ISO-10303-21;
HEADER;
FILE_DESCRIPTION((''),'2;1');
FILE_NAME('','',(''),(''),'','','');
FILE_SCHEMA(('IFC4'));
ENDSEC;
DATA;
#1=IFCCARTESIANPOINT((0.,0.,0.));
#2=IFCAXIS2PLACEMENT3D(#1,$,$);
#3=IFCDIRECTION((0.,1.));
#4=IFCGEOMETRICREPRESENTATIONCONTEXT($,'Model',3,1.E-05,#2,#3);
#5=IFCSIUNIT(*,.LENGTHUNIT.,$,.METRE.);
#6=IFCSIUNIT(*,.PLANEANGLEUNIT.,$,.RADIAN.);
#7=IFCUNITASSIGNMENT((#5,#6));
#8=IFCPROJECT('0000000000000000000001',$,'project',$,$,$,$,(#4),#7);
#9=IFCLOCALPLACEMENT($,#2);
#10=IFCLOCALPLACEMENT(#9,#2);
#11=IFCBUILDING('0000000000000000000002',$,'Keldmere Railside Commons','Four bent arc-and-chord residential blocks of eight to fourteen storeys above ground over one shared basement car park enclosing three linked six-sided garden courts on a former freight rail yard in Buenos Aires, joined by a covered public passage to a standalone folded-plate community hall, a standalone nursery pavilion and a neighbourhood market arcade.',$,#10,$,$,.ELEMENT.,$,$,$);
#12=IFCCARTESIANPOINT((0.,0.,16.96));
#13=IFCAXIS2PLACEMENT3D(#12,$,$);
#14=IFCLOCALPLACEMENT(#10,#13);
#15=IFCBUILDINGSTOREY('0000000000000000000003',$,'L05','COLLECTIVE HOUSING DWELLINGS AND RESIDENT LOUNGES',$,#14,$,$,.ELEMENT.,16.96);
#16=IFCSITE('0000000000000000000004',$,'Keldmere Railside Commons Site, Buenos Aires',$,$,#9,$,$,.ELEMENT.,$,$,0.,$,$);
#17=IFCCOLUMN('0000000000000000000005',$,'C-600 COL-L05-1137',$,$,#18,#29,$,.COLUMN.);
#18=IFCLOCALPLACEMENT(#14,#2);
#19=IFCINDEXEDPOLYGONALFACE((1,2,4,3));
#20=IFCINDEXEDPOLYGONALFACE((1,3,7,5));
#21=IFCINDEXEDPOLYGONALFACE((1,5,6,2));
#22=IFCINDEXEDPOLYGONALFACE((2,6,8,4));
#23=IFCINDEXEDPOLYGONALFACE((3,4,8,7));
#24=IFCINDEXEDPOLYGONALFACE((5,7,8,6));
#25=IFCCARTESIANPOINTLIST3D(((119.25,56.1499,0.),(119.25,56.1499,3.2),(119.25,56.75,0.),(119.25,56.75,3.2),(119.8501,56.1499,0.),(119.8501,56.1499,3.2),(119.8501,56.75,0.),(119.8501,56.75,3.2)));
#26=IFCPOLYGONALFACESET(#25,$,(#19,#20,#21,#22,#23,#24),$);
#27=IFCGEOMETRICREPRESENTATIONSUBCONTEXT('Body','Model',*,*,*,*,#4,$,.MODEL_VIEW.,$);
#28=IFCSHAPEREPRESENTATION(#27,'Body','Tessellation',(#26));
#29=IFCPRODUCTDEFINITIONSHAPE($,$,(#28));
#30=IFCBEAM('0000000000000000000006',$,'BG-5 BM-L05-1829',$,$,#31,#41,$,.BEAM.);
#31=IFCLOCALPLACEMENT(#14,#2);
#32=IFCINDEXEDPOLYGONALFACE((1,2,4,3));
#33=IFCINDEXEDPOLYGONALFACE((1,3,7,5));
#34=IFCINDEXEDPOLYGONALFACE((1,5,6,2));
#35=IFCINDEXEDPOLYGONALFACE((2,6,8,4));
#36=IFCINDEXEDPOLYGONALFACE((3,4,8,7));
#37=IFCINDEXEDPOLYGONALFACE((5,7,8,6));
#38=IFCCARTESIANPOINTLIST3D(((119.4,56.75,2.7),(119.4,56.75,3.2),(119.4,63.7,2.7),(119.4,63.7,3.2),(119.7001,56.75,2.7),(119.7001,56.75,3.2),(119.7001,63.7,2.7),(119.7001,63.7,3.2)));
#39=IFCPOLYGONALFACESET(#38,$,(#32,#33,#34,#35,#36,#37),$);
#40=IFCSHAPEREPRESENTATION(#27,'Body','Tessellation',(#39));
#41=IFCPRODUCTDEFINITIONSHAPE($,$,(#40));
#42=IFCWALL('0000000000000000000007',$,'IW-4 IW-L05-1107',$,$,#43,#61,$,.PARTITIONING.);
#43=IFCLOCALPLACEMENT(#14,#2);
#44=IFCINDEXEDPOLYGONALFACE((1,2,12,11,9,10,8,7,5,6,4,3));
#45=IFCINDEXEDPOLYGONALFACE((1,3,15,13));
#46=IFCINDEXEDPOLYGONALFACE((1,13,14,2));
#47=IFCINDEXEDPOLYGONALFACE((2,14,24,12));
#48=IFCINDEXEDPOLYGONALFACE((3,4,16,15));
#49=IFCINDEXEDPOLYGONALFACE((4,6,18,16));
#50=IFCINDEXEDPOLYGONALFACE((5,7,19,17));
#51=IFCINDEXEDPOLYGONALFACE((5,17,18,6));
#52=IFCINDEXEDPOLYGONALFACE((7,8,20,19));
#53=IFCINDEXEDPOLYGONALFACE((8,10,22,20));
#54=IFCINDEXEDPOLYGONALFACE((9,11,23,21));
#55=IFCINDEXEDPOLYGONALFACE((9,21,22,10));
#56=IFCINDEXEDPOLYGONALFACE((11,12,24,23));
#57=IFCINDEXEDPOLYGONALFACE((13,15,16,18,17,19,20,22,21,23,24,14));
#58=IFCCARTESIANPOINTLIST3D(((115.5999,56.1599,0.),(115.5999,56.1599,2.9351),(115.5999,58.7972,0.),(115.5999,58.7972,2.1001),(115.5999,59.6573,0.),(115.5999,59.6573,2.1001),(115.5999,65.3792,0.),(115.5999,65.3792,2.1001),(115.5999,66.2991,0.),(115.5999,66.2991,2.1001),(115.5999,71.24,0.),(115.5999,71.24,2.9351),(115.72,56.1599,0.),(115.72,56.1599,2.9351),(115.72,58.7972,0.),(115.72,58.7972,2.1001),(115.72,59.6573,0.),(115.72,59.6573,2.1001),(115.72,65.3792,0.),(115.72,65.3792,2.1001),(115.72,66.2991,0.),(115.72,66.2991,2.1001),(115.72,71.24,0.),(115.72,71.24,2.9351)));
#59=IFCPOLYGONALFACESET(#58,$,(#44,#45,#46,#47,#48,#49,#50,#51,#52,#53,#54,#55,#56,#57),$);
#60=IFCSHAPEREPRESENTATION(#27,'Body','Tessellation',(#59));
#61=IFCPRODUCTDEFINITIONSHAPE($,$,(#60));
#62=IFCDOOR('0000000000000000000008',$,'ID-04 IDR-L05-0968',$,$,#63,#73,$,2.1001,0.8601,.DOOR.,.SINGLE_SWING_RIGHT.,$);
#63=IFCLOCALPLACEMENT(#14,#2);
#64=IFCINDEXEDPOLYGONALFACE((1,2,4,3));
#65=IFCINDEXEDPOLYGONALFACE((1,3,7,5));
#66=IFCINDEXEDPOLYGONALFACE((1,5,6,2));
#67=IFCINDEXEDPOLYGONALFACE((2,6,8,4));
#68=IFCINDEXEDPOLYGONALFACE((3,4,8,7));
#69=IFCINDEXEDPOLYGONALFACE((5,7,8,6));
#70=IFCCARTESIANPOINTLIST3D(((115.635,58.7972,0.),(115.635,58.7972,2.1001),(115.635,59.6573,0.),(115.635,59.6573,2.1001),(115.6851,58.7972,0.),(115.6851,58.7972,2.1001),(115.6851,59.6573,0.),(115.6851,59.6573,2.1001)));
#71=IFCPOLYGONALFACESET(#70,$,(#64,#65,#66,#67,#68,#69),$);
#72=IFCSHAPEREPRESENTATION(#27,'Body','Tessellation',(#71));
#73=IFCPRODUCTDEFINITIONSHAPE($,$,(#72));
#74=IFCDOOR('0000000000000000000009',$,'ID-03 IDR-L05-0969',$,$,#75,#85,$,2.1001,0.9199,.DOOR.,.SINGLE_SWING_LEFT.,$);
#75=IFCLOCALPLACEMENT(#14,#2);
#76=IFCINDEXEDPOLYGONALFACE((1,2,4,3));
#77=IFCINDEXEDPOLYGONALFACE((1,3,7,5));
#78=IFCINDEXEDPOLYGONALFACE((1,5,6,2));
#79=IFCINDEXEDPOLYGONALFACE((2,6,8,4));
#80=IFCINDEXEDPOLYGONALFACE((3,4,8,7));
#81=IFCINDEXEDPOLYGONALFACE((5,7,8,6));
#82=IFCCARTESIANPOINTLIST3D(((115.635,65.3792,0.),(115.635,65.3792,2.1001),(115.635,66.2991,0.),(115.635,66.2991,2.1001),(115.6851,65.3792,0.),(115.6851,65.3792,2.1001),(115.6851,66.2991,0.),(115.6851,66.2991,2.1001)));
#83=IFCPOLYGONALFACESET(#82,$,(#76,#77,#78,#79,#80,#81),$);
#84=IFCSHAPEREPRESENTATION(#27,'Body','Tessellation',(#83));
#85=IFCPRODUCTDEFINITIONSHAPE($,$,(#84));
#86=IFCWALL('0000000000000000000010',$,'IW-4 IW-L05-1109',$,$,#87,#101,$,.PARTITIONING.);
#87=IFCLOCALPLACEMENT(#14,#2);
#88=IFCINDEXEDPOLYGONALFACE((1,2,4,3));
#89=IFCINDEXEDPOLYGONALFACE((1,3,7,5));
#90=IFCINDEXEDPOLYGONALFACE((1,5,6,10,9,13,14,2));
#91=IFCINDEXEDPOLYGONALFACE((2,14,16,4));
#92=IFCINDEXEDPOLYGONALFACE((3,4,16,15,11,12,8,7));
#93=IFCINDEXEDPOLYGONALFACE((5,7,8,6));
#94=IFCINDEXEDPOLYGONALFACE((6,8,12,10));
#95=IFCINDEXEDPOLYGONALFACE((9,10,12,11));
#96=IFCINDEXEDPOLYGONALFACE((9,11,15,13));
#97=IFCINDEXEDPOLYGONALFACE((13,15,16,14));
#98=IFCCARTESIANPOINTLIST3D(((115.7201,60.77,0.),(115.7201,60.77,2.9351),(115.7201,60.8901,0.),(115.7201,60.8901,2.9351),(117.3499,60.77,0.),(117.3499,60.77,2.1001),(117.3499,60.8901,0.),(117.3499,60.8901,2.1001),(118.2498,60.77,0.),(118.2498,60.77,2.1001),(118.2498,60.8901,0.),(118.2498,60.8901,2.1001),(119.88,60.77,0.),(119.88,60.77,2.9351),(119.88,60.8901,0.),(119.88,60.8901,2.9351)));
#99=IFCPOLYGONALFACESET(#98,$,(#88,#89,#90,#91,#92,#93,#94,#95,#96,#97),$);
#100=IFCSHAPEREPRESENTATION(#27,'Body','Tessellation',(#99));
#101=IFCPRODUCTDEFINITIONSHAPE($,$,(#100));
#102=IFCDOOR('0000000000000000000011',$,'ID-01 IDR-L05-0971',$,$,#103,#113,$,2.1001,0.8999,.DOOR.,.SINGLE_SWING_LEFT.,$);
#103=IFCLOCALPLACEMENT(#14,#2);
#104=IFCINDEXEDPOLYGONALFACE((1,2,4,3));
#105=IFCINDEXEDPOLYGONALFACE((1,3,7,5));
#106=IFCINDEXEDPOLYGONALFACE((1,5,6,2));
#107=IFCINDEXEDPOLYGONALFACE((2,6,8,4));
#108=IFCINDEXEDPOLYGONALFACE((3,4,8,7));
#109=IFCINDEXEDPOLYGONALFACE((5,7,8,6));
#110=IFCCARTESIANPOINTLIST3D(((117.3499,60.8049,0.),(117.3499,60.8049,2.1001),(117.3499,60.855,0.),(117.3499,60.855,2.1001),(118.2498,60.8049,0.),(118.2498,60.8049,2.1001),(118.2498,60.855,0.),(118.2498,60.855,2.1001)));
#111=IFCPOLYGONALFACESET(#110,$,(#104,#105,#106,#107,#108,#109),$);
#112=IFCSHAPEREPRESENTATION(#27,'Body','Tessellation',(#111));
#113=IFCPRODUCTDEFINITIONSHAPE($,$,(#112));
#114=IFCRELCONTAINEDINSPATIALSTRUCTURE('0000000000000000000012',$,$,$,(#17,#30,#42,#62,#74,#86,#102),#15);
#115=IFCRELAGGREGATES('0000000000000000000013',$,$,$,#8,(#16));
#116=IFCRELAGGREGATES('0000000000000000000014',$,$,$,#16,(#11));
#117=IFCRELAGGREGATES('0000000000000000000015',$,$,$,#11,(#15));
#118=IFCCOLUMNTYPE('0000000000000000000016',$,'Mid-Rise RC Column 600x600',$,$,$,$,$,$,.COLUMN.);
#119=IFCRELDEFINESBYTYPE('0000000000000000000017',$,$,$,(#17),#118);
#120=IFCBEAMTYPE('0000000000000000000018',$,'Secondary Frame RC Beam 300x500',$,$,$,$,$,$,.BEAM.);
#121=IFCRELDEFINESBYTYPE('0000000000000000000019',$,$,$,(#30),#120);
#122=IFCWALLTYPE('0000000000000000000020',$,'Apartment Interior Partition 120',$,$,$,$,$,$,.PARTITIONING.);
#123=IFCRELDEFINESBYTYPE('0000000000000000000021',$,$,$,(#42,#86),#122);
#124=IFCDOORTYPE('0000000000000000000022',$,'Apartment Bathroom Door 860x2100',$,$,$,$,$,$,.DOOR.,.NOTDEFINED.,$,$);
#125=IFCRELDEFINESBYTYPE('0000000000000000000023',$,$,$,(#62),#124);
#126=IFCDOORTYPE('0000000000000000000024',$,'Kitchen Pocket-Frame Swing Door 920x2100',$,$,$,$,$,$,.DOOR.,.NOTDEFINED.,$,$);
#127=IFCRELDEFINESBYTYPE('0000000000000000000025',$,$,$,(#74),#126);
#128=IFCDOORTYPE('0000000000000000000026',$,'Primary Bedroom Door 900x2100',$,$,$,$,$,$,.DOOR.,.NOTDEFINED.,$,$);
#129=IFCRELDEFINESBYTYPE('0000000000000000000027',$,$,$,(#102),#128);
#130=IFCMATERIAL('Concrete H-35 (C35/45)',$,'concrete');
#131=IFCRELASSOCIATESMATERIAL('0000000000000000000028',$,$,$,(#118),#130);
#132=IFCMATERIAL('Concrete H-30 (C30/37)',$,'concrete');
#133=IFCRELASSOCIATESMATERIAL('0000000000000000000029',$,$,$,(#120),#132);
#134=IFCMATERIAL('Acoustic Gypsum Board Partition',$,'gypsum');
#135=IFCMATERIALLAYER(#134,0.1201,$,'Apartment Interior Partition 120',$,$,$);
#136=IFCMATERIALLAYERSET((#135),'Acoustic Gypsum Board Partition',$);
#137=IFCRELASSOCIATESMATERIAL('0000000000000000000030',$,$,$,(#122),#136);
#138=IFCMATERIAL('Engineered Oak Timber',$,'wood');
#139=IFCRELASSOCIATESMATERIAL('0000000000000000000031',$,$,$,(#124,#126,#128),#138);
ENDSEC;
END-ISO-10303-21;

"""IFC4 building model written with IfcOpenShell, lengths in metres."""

from ifc_helpers import new_model, si_unit, direction, frame, frame_2d, origin, origin_2d, place, context, subcontext, project, spatial, rectangle, extrude, material, layer, layer_set, material_profile, profile_set, type_object, element, fill, save


model = new_model("IFC4")

# Units and contexts
model_context = context("Model", 3, precision=1e-05, world=origin(), true_north=direction((0.0, 1.0)))
body_context = subcontext(model_context, "Body", "Model", "MODEL_VIEW")
ifc_project = project(units=[si_unit("LENGTHUNIT", "METRE"), si_unit("PLANEANGLEUNIT", "RADIAN")], contexts=[model_context])

# Site, building, storey
site_placement = place(None, origin())
site = spatial("IfcSite", under=ifc_project, at=site_placement, Name="Keldmere Railside Commons Site, Buenos Aires", CompositionType="ELEMENT", RefElevation=0.0)
building_placement = place(site_placement, origin())
building = spatial("IfcBuilding", under=site, at=building_placement, Name="Keldmere Railside Commons", Description="Four bent arc-and-chord residential blocks of eight to fourteen storeys above ground over one shared basement car park enclosing three linked six-sided garden courts on a former freight rail yard in Buenos Aires, joined by a covered public passage to a standalone folded-plate community hall, a standalone nursery pavilion and a neighbourhood market arcade.", CompositionType="ELEMENT")
storey_placement = place(building_placement, frame((0.0, 0.0, 16.96)))
storey = spatial("IfcBuildingStorey", under=building, at=storey_placement, Name="L05", Description="COLLECTIVE HOUSING DWELLINGS AND RESIDENT LOUNGES", CompositionType="ELEMENT", Elevation=16.96)

# Column
ifc_material_1 = material(Name="Concrete H-35 (C35/45)", Category="concrete")
ifc_material_profile_1 = material_profile(ifc_material_1, rectangle(XDim=0.6001, YDim=0.6001, at=origin_2d()), Name="RC-600x600")
ifc_profile_set_1 = profile_set([ifc_material_profile_1], Name="Concrete H-35 (C35/45)")
column_type = type_object("IfcColumnType", Name="Mid-Rise RC Column 600x600", PredefinedType="COLUMN", material=ifc_profile_set_1)
column_placement = place(storey_placement, frame((119.55, 56.45, 0.0), z_axis=(0.0, 0.0, 1.0), x_axis=(1.0, 0.0, 0.0)))
element("IfcColumn", 1, at=column_placement, inside=storey, type_object=column_type, Name="C-600 COL-L05-1137", PredefinedType="COLUMN", context=body_context, shape_type="SweptSolid", body=[
    extrude(rectangle(XDim=0.6001, YDim=0.6001, at=origin_2d()), origin(), (0.0, 0.0, 1.0), 3.2),
])

# Beam
ifc_material_2 = material(Name="Concrete H-30 (C30/37)", Category="concrete")
ifc_material_profile_2 = material_profile(ifc_material_2, rectangle(XDim=0.3, YDim=0.5, at=origin_2d()), Name="RC-300x500")
ifc_profile_set_2 = profile_set([ifc_material_profile_2], Name="Concrete H-30 (C30/37)")
beam_type = type_object("IfcBeamType", Name="Secondary Frame RC Beam 300x500", PredefinedType="BEAM", material=ifc_profile_set_2)
beam_placement = place(storey_placement, frame((119.55, 56.75, 2.95), z_axis=(0.0, 1.0, 0.0), x_axis=(-1.0, 0.0, 0.0)))
element("IfcBeam", 2, at=beam_placement, inside=storey, type_object=beam_type, Name="BG-5 BM-L05-1829", PredefinedType="BEAM", context=body_context, shape_type="SweptSolid", body=[
    extrude(rectangle(XDim=0.3, YDim=0.5, at=origin_2d()), origin(), (0.0, 0.0, 1.0), 6.95),
])

# Wall, openings, doors
ifc_material_3 = material(Name="Acoustic Gypsum Board Partition", Category="gypsum")
ifc_layer_1 = layer(ifc_material_3, 0.1201, Name="Apartment Interior Partition 120")
ifc_layer_set_1 = layer_set([ifc_layer_1], Name="Acoustic Gypsum Board Partition")
wall_type_1 = type_object("IfcWallType", Name="Apartment Interior Partition 120", PredefinedType="PARTITIONING", material=ifc_layer_set_1)
wall_1_placement = place(storey_placement, frame((115.6599, 56.1599, 0.0), z_axis=(0.0, 0.0, 1.0), x_axis=(0.0, 1.0, 0.0)))
wall_1 = element("IfcWall", 3, at=wall_1_placement, inside=storey, type_object=wall_type_1, Name="IW-4 IW-L05-1107", PredefinedType="PARTITIONING", context=body_context, shape_type="SweptSolid", body=[
    extrude(rectangle(XDim=15.0801, YDim=0.1201, at=frame_2d((7.54, 0.0))), origin(), (0.0, 0.0, 1.0), 2.9351),
])
opening_1_placement = place(wall_1_placement, frame((2.6372, 0.0, 0.0)))
opening_1 = element("IfcOpeningElement", 4, at=opening_1_placement, cuts=wall_1, PredefinedType="OPENING", context=body_context, shape_type="SweptSolid", body=[
    extrude(rectangle(XDim=0.8601, YDim=2.1001, at=frame_2d((0.4302, 1.05))), frame((0.0, 0.0701, 0.0), z_axis=(0.0, -1.0, 0.0), x_axis=(1.0, 0.0, 0.0)), (0.0, 0.0, 1.0), 0.1401),
])
opening_2_placement = place(wall_1_placement, frame((9.2192, 0.0, 0.0)))
opening_2 = element("IfcOpeningElement", 5, at=opening_2_placement, cuts=wall_1, PredefinedType="OPENING", context=body_context, shape_type="SweptSolid", body=[
    extrude(rectangle(XDim=0.9199, YDim=2.1001, at=frame_2d((0.46, 1.05))), frame((0.0, 0.0701, 0.0), z_axis=(0.0, -1.0, 0.0), x_axis=(1.0, 0.0, 0.0)), (0.0, 0.0, 1.0), 0.1401),
])
ifc_material_4 = material(Name="Engineered Oak Timber", Category="wood")
door_type_1 = type_object("IfcDoorType", Name="Apartment Bathroom Door 860x2100", OperationType="NOTDEFINED", PredefinedType="DOOR", material=ifc_material_4)
door_1_placement = place(opening_1_placement, origin())
door_1 = element("IfcDoor", 6, at=door_1_placement, inside=storey, type_object=door_type_1, Name="ID-04 IDR-L05-0968", OperationType="SINGLE_SWING_RIGHT", OverallHeight=2.1001, OverallWidth=0.8601, PredefinedType="DOOR", context=body_context, shape_type="SweptSolid", body=[
    extrude(rectangle(XDim=0.8601, YDim=2.1001, at=frame_2d((0.4302, 1.05))), frame((0.0, 0.0249, 0.0), z_axis=(0.0, -1.0, 0.0), x_axis=(1.0, 0.0, 0.0)), (0.0, 0.0, 1.0), 0.05),
])
fill(opening_1, door_1)
door_type_2 = type_object("IfcDoorType", Name="Kitchen Pocket-Frame Swing Door 920x2100", OperationType="NOTDEFINED", PredefinedType="DOOR", material=ifc_material_4)
door_2_placement = place(opening_2_placement, origin())
door_2 = element("IfcDoor", 7, at=door_2_placement, inside=storey, type_object=door_type_2, Name="ID-03 IDR-L05-0969", OperationType="SINGLE_SWING_LEFT", OverallHeight=2.1001, OverallWidth=0.9199, PredefinedType="DOOR", context=body_context, shape_type="SweptSolid", body=[
    extrude(rectangle(XDim=0.9199, YDim=2.1001, at=frame_2d((0.46, 1.05))), frame((0.0, 0.0249, 0.0), z_axis=(0.0, -1.0, 0.0), x_axis=(1.0, 0.0, 0.0)), (0.0, 0.0, 1.0), 0.05),
])
fill(opening_2, door_2)

# Wall, opening, door
wall_2_placement = place(storey_placement, frame((115.72, 60.8301, 0.0), z_axis=(0.0, 0.0, 1.0), x_axis=(1.0, 0.0, 0.0)))
wall_2 = element("IfcWall", 8, at=wall_2_placement, inside=storey, type_object=wall_type_1, Name="IW-4 IW-L05-1109", PredefinedType="PARTITIONING", context=body_context, shape_type="SweptSolid", body=[
    extrude(rectangle(XDim=4.1599, YDim=0.1201, at=frame_2d((2.0801, 0.0))), origin(), (0.0, 0.0, 1.0), 2.9351),
])
opening_3_placement = place(wall_2_placement, frame((1.6299, 0.0, 0.0)))
opening_3 = element("IfcOpeningElement", 9, at=opening_3_placement, cuts=wall_2, PredefinedType="OPENING", context=body_context, shape_type="SweptSolid", body=[
    extrude(rectangle(XDim=0.8999, YDim=2.1001, at=frame_2d((0.45, 1.05))), frame((0.0, 0.0701, 0.0), z_axis=(0.0, -1.0, 0.0), x_axis=(1.0, 0.0, 0.0)), (0.0, 0.0, 1.0), 0.1401),
])
door_type_3 = type_object("IfcDoorType", Name="Primary Bedroom Door 900x2100", OperationType="NOTDEFINED", PredefinedType="DOOR", material=ifc_material_4)
door_3_placement = place(opening_3_placement, origin())
door_3 = element("IfcDoor", 10, at=door_3_placement, inside=storey, type_object=door_type_3, Name="ID-01 IDR-L05-0971", OperationType="SINGLE_SWING_LEFT", OverallHeight=2.1001, OverallWidth=0.8999, PredefinedType="DOOR", context=body_context, shape_type="SweptSolid", body=[
    extrude(rectangle(XDim=0.8999, YDim=2.1001, at=frame_2d((0.45, 1.05))), frame((0.0, 0.0249, 0.0), z_axis=(0.0, -1.0, 0.0), x_axis=(1.0, 0.0, 0.0)), (0.0, 0.0, 1.0), 0.05),
])
fill(opening_3, door_3)

save(model, "model.ifc")
